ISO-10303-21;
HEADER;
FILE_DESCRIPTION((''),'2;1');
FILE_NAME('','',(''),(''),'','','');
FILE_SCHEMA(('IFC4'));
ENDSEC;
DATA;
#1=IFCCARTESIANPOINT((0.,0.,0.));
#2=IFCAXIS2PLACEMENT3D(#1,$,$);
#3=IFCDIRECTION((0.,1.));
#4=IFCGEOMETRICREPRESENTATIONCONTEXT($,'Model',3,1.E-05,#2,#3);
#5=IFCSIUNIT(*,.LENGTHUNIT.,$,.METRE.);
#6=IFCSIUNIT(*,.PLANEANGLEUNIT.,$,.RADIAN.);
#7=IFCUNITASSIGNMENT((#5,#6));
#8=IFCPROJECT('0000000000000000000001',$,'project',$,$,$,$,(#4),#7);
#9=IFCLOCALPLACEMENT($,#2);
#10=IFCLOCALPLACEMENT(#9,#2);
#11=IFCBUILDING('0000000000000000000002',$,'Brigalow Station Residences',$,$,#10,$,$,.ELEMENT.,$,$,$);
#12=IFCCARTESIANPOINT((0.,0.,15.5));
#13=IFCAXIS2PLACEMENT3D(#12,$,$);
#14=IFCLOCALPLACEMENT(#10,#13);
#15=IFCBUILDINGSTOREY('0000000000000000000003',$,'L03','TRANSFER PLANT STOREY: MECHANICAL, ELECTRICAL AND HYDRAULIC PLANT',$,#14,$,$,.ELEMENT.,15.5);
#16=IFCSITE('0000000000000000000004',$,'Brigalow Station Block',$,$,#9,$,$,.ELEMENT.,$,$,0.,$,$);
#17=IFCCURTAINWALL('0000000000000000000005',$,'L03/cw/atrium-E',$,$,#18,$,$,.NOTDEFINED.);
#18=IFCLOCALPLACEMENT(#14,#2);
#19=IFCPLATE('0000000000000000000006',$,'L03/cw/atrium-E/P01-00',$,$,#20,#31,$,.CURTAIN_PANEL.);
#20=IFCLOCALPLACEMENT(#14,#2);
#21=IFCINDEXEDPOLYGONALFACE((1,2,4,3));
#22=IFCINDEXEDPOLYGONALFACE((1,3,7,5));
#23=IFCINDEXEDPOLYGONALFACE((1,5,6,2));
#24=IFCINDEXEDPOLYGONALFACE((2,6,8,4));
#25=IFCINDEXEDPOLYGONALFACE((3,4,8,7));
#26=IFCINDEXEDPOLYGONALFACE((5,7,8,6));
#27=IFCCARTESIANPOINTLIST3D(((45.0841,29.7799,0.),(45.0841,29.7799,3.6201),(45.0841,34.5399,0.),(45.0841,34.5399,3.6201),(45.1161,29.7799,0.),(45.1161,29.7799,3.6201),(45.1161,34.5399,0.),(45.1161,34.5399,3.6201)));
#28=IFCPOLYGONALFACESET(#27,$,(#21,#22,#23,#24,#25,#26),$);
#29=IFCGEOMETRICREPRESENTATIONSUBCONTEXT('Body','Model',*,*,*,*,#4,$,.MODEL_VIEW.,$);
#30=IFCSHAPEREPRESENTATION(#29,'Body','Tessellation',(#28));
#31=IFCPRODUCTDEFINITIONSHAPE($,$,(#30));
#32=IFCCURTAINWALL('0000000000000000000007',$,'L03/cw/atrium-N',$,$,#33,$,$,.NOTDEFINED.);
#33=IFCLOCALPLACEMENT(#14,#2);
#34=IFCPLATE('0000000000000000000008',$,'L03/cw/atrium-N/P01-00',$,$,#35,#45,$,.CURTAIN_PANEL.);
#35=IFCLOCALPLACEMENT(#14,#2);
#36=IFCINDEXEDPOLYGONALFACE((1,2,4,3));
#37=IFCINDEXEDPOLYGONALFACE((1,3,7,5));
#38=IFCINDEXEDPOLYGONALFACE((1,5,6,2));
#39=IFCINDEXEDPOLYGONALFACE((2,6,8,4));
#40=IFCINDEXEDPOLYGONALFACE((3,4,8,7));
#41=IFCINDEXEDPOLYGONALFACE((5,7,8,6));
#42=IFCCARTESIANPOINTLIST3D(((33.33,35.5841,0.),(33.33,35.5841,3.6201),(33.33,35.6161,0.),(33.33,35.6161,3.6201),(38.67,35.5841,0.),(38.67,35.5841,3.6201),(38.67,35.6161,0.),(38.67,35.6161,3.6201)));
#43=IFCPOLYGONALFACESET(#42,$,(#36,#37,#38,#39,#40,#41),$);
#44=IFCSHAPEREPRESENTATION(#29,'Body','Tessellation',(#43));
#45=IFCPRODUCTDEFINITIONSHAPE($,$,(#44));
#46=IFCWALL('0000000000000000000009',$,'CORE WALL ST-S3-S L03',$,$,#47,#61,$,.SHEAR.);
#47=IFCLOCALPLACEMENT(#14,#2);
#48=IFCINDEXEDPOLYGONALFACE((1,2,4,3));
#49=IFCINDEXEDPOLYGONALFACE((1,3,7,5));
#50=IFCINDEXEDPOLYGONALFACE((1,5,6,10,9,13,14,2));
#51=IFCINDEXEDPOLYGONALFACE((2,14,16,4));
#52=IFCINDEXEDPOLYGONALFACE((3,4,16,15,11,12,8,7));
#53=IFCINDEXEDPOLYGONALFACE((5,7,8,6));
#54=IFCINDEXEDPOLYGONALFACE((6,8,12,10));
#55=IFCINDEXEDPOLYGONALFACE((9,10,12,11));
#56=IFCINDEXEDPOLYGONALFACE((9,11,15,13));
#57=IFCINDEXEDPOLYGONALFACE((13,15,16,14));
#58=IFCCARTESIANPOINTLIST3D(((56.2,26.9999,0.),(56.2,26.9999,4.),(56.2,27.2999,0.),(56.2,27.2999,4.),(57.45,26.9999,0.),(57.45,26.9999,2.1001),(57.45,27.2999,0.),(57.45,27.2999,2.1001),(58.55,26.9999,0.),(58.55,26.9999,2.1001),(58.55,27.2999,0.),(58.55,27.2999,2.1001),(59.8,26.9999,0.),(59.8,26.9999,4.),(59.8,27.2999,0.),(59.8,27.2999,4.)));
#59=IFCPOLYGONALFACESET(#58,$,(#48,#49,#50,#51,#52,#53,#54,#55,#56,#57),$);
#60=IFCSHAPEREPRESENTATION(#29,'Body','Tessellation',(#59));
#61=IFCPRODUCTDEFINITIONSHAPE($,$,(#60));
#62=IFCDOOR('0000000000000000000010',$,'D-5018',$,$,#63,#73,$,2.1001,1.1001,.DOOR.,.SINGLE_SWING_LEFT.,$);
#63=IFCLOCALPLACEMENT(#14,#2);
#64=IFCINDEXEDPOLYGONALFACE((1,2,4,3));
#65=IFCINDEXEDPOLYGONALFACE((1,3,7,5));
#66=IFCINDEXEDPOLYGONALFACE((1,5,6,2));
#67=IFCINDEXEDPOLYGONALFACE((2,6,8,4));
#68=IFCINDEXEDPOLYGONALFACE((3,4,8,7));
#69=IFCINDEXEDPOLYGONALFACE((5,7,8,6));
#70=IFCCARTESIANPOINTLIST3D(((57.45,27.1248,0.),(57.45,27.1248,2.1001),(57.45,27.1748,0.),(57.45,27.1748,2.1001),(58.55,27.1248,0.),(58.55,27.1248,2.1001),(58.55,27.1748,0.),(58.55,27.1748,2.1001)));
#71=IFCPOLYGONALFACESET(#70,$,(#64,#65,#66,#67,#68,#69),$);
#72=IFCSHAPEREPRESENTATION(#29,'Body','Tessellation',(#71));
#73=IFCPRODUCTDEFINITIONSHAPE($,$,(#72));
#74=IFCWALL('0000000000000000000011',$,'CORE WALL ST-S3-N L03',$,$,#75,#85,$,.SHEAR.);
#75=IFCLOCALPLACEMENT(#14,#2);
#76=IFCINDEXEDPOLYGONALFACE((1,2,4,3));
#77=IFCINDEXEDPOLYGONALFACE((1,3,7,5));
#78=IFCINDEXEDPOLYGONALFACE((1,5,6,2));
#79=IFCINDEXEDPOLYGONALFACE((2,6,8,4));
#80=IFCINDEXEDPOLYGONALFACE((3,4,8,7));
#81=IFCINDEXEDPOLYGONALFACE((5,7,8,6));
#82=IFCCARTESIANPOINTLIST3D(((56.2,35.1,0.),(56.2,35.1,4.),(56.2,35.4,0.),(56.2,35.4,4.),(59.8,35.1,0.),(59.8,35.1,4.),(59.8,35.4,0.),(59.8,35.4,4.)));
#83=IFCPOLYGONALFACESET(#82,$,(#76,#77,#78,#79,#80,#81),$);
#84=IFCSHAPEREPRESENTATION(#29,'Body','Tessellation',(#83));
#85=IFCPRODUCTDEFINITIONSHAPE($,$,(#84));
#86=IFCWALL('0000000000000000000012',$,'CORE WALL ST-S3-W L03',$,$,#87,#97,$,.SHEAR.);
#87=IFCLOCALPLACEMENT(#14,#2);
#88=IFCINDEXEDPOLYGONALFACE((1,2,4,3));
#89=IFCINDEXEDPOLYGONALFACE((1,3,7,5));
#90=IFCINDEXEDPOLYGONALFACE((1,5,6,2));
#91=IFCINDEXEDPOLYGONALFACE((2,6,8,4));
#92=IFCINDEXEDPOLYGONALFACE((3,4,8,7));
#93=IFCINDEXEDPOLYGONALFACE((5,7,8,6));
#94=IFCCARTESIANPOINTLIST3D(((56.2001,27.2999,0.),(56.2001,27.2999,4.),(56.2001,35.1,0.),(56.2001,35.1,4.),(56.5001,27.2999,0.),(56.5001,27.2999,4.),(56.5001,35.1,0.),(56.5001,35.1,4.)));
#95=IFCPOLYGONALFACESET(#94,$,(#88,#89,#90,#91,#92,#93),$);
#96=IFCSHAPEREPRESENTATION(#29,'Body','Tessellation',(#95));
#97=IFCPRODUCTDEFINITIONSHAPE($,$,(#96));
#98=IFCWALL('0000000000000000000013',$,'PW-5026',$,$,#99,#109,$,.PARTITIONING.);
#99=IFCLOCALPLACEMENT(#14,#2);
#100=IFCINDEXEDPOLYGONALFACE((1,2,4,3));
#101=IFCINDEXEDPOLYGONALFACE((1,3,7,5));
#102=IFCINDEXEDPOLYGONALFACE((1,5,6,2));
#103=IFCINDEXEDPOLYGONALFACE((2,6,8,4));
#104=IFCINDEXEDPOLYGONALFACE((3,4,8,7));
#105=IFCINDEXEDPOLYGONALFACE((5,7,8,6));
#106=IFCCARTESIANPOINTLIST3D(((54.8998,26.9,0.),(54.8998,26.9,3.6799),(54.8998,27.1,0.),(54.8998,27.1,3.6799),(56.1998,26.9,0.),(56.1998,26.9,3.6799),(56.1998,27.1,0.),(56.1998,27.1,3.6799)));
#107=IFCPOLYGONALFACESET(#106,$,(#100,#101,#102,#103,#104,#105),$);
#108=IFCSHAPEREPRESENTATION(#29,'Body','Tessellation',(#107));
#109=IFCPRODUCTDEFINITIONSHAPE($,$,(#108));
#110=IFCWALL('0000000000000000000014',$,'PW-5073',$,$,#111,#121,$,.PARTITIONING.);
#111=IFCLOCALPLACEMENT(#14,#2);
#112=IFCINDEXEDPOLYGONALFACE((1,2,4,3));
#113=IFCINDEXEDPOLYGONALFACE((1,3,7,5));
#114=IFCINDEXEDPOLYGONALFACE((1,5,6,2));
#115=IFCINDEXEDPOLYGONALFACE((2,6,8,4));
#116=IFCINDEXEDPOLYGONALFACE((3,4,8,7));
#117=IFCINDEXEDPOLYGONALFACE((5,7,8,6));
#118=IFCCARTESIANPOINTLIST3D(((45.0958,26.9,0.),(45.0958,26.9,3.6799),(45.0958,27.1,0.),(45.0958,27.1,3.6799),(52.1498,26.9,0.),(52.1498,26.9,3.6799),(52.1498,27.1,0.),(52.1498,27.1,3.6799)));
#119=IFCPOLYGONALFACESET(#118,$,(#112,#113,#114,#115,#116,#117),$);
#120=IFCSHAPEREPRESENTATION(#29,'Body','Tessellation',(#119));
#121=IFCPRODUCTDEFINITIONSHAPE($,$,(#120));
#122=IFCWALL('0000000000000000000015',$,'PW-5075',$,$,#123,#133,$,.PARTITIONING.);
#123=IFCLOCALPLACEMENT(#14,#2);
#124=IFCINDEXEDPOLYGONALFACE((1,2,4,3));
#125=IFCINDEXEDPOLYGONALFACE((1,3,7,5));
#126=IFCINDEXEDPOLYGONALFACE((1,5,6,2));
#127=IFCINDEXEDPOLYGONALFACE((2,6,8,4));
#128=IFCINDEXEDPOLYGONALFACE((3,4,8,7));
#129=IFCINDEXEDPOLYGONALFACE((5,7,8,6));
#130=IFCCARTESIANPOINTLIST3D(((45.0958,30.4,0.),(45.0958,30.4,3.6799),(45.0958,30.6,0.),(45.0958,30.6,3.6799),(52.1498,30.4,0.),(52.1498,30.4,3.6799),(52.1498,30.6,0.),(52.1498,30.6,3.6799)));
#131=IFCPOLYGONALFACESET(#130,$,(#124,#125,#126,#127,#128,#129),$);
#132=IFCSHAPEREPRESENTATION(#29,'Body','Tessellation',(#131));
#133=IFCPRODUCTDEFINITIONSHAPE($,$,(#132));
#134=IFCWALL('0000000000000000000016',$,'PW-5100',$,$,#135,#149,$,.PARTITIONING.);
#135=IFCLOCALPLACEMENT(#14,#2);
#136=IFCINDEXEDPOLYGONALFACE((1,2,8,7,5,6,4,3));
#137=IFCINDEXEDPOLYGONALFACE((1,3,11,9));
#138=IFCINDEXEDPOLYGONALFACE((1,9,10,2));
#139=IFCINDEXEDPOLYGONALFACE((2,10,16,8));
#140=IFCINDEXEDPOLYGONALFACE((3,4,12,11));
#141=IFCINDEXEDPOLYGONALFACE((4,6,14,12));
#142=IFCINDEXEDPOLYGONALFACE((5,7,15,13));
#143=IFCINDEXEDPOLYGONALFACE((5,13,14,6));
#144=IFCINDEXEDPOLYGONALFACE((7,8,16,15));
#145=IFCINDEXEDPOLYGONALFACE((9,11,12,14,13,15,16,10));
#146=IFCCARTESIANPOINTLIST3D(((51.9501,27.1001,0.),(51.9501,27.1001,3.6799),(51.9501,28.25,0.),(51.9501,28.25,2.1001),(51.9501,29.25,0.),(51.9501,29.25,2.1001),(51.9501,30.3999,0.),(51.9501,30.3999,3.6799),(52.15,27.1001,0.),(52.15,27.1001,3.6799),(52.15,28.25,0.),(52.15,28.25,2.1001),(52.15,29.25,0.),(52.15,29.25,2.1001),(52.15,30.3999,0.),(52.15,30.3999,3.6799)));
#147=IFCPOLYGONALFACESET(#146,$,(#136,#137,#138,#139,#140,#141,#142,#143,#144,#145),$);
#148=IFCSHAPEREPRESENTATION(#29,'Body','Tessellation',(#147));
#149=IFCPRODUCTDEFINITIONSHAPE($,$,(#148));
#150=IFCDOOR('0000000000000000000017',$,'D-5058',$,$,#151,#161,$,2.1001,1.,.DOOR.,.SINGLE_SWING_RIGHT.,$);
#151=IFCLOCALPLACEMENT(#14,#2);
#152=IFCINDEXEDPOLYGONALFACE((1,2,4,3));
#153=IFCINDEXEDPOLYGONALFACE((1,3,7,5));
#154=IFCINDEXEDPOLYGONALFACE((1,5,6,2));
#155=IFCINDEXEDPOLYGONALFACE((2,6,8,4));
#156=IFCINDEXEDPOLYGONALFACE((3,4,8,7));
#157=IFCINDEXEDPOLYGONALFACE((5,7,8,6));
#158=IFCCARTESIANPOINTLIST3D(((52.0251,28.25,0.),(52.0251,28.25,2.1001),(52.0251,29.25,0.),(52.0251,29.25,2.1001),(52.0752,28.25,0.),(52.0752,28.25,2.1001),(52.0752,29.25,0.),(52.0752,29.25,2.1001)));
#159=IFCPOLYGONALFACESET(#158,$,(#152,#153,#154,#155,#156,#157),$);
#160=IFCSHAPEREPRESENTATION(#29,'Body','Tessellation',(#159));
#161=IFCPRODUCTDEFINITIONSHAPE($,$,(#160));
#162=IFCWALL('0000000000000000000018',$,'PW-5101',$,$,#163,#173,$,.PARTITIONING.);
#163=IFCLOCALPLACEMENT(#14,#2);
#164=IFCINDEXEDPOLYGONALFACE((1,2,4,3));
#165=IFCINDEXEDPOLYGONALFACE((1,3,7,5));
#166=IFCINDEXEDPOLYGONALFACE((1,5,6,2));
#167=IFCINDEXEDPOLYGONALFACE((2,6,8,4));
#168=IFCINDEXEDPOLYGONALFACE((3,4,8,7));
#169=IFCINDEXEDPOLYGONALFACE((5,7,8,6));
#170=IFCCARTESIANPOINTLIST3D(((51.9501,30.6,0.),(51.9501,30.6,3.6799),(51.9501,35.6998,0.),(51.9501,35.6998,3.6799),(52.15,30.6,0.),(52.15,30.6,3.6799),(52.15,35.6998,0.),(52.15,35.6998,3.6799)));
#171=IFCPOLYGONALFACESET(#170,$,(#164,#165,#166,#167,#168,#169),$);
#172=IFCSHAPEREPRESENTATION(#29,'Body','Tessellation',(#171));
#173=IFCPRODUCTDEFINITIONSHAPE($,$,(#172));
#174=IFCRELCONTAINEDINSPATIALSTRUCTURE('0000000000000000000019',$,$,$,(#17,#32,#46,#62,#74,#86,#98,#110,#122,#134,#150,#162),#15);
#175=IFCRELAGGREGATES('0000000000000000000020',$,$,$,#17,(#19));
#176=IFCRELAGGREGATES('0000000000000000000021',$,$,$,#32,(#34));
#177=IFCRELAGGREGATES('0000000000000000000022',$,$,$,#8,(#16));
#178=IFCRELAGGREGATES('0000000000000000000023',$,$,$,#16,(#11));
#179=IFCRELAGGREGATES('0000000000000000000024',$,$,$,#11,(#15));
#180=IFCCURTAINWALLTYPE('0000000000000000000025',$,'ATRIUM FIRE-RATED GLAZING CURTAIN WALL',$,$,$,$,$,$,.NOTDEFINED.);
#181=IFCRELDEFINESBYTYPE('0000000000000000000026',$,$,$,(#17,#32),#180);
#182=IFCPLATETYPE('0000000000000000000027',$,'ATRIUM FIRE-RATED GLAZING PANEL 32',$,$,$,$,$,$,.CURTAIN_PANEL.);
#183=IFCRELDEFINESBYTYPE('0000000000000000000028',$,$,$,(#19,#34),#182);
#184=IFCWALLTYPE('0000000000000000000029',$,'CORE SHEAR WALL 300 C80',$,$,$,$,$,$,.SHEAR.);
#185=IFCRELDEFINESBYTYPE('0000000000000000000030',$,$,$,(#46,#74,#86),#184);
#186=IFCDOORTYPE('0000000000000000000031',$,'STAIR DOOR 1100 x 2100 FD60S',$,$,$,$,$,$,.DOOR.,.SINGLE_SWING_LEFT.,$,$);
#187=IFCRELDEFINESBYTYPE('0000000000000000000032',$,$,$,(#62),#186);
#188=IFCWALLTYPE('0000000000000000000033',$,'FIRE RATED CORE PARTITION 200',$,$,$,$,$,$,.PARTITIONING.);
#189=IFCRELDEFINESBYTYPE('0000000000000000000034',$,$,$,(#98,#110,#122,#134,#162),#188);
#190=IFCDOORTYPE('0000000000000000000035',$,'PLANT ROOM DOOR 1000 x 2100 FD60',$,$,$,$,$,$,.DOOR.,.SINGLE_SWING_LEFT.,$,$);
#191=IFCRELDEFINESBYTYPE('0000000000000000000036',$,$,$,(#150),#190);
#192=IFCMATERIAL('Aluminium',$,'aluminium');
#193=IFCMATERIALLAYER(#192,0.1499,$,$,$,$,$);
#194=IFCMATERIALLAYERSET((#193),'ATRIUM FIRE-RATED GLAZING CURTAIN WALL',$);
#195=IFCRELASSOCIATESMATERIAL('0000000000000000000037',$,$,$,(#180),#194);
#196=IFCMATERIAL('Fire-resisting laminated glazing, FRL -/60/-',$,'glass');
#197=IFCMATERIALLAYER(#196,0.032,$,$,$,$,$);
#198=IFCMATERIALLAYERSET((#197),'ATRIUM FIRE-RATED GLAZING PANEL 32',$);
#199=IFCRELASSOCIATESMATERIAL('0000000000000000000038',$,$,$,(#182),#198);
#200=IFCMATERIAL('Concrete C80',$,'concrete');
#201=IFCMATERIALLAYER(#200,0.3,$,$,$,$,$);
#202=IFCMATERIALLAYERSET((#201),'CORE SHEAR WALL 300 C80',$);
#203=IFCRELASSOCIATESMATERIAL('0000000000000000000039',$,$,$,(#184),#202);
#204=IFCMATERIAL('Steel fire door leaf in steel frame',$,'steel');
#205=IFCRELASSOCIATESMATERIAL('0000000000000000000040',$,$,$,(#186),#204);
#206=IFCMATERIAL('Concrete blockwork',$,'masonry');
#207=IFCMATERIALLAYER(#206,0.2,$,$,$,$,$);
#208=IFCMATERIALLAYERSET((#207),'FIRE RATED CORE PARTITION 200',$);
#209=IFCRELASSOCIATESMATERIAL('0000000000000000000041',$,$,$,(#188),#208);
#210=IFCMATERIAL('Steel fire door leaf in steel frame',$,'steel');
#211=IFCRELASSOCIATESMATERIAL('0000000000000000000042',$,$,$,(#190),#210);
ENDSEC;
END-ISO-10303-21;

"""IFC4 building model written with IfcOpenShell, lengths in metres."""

from ifc_helpers import new_model, si_unit, direction, frame, frame_2d, origin, origin_2d, place, context, subcontext, project, spatial, rectangle, extrude, material, layer, layer_set, type_object, element, fill, aggregate, save


model = new_model("IFC4")

# Units and contexts
model_context = context("Model", 3, precision=1e-05, world=origin(), true_north=direction((0.0, 1.0)))
body_context = subcontext(model_context, "Body", "Model", "MODEL_VIEW")
ifc_project = project(units=[si_unit("LENGTHUNIT", "METRE"), si_unit("PLANEANGLEUNIT", "RADIAN")], contexts=[model_context])

# Site, building, storey
site_placement = place(None, origin())
site = spatial("IfcSite", under=ifc_project, at=site_placement, Name="Brigalow Station Block", CompositionType="ELEMENT", RefElevation=0.0)
building_placement = place(site_placement, origin())
building = spatial("IfcBuilding", under=site, at=building_placement, Name="Brigalow Station Residences", CompositionType="ELEMENT")
storey_placement = place(building_placement, frame((0.0, 0.0, 15.5)))
storey = spatial("IfcBuildingStorey", under=building, at=storey_placement, Name="L03", Description="TRANSFER PLANT STOREY: MECHANICAL, ELECTRICAL AND HYDRAULIC PLANT", CompositionType="ELEMENT", Elevation=15.5)

# Curtain wall
ifc_material_1 = material(Name="Aluminium", Category="aluminium")
ifc_layer_1 = layer(ifc_material_1, 0.1499)
ifc_layer_set_1 = layer_set([ifc_layer_1], Name="ATRIUM FIRE-RATED GLAZING CURTAIN WALL")
curtain_wall_type = type_object("IfcCurtainWallType", Name="ATRIUM FIRE-RATED GLAZING CURTAIN WALL", PredefinedType="NOTDEFINED", material=ifc_layer_set_1)
curtain_wall_1_placement = place(storey_placement, origin())
curtain_wall_1 = element("IfcCurtainWall", 1, at=curtain_wall_1_placement, inside=storey, type_object=curtain_wall_type, Name="L03/cw/atrium-E", PredefinedType="NOTDEFINED")

# Plate
ifc_material_2 = material(Name="Fire-resisting laminated glazing, FRL -/60/-", Category="glass")
ifc_layer_2 = layer(ifc_material_2, 0.032)
ifc_layer_set_2 = layer_set([ifc_layer_2], Name="ATRIUM FIRE-RATED GLAZING PANEL 32")
plate_type = type_object("IfcPlateType", Name="ATRIUM FIRE-RATED GLAZING PANEL 32", PredefinedType="CURTAIN_PANEL", material=ifc_layer_set_2)
plate_1_placement = place(storey_placement, frame((45.1001, 32.1599, 0.0), z_axis=(0.0, 0.0, 1.0), x_axis=(0.0, 1.0, 0.0)))
plate_1 = element("IfcPlate", 2, at=plate_1_placement, type_object=plate_type, Name="L03/cw/atrium-E/P01-00", PredefinedType="CURTAIN_PANEL", context=body_context, shape_type="SweptSolid", body=[
    extrude(rectangle(XDim=4.76, YDim=0.032, at=origin_2d()), origin(), (0.0, 0.0, 1.0), 3.6201),
])
aggregate(curtain_wall_1, [plate_1])

# Curtain wall, plate
curtain_wall_2_placement = place(storey_placement, origin())
curtain_wall_2 = element("IfcCurtainWall", 3, at=curtain_wall_2_placement, inside=storey, type_object=curtain_wall_type, Name="L03/cw/atrium-N", PredefinedType="NOTDEFINED")
plate_2_placement = place(storey_placement, frame((36.0, 35.6001, 0.0), z_axis=(0.0, 0.0, 1.0), x_axis=(-1.0, 0.0, 0.0)))
plate_2 = element("IfcPlate", 4, at=plate_2_placement, type_object=plate_type, Name="L03/cw/atrium-N/P01-00", PredefinedType="CURTAIN_PANEL", context=body_context, shape_type="SweptSolid", body=[
    extrude(rectangle(XDim=5.3401, YDim=0.032, at=origin_2d()), origin(), (0.0, 0.0, 1.0), 3.6201),
])
aggregate(curtain_wall_2, [plate_2])

# Wall, opening, door
ifc_material_3 = material(Name="Concrete C80", Category="concrete")
ifc_layer_3 = layer(ifc_material_3, 0.3)
ifc_layer_set_3 = layer_set([ifc_layer_3], Name="CORE SHEAR WALL 300 C80")
wall_type_1 = type_object("IfcWallType", Name="CORE SHEAR WALL 300 C80", PredefinedType="SHEAR", material=ifc_layer_set_3)
wall_1_placement = place(storey_placement, frame((56.2, 27.1499, 0.0), z_axis=(0.0, 0.0, 1.0), x_axis=(1.0, 0.0, 0.0)))
wall_1 = element("IfcWall", 5, at=wall_1_placement, inside=storey, type_object=wall_type_1, Name="CORE WALL ST-S3-S L03", PredefinedType="SHEAR", context=body_context, shape_type="SweptSolid", body=[
    extrude(rectangle(XDim=3.6001, YDim=0.3, at=frame_2d((1.8, 0.0))), origin(), (0.0, 0.0, 1.0), 4.0),
])
opening_1_placement = place(wall_1_placement, frame((1.25, 0.0, 0.0)))
opening_1 = element("IfcOpeningElement", 6, at=opening_1_placement, cuts=wall_1, PredefinedType="OPENING", context=body_context, shape_type="SweptSolid", body=[
    extrude(rectangle(XDim=1.1001, YDim=2.1001, at=frame_2d((0.55, 1.05))), frame((0.0, 0.1602, 0.0), z_axis=(0.0, -1.0, 0.0), x_axis=(1.0, 0.0, 0.0)), (0.0, 0.0, 1.0), 0.3201),
])
ifc_material_4 = material(Name="Steel fire door leaf in steel frame", Category="steel")
door_type_1 = type_object("IfcDoorType", Name="STAIR DOOR 1100 x 2100 FD60S", OperationType="SINGLE_SWING_LEFT", PredefinedType="DOOR", material=ifc_material_4)
door_1_placement = place(opening_1_placement, origin())
door_1 = element("IfcDoor", 7, at=door_1_placement, inside=storey, type_object=door_type_1, Name="D-5018", OperationType="SINGLE_SWING_LEFT", OverallHeight=2.1001, OverallWidth=1.1001, PredefinedType="DOOR", context=body_context, shape_type="SweptSolid", body=[
    extrude(rectangle(XDim=1.1001, YDim=2.1001, at=frame_2d((0.55, 1.05))), frame((0.0, 0.0249, 0.0), z_axis=(0.0, -1.0, 0.0), x_axis=(1.0, 0.0, 0.0)), (0.0, 0.0, 1.0), 0.05),
])
fill(opening_1, door_1)

# Walls
wall_2_placement = place(storey_placement, frame((56.2, 35.25, 0.0), z_axis=(0.0, 0.0, 1.0), x_axis=(1.0, 0.0, 0.0)))
element("IfcWall", 8, at=wall_2_placement, inside=storey, type_object=wall_type_1, Name="CORE WALL ST-S3-N L03", PredefinedType="SHEAR", context=body_context, shape_type="SweptSolid", body=[
    extrude(rectangle(XDim=3.6001, YDim=0.3, at=frame_2d((1.8, 0.0))), origin(), (0.0, 0.0, 1.0), 4.0),
])
wall_3_placement = place(storey_placement, frame((56.3501, 27.3, 0.0), z_axis=(0.0, 0.0, 1.0), x_axis=(0.0, 1.0, 0.0)))
element("IfcWall", 9, at=wall_3_placement, inside=storey, type_object=wall_type_1, Name="CORE WALL ST-S3-W L03", PredefinedType="SHEAR", context=body_context, shape_type="SweptSolid", body=[
    extrude(rectangle(XDim=7.8, YDim=0.3, at=frame_2d((3.8999, 0.0))), origin(), (0.0, 0.0, 1.0), 4.0),
])
ifc_material_5 = material(Name="Concrete blockwork", Category="masonry")
ifc_layer_4 = layer(ifc_material_5, 0.2)
ifc_layer_set_4 = layer_set([ifc_layer_4], Name="FIRE RATED CORE PARTITION 200")
wall_type_2 = type_object("IfcWallType", Name="FIRE RATED CORE PARTITION 200", PredefinedType="PARTITIONING", material=ifc_layer_set_4)
wall_4_placement = place(storey_placement, frame((54.8999, 27.0, 0.0), z_axis=(0.0, 0.0, 1.0), x_axis=(1.0, 0.0, 0.0)))
element("IfcWall", 10, at=wall_4_placement, inside=storey, type_object=wall_type_2, Name="PW-5026", PredefinedType="PARTITIONING", context=body_context, shape_type="SweptSolid", body=[
    extrude(rectangle(XDim=1.3, YDim=0.2, at=frame_2d((0.6499, 0.0))), origin(), (0.0, 0.0, 1.0), 3.6799),
])
for number, where, z_axis, x_axis, name in (
    (11, (45.0959, 27.0, 0.0), (0.0, 0.0, 1.0), (1.0, 0.0, 0.0), "PW-5073"),
    (12, (45.0959, 30.5, 0.0), (0.0, 0.0, 1.0), (1.0, 0.0, 0.0), "PW-5075"),
):
    element("IfcWall", number, at=place(storey_placement, frame(where, z_axis=z_axis, x_axis=x_axis)), inside=storey, type_object=wall_type_2, Name=name, PredefinedType="PARTITIONING", context=body_context, shape_type="SweptSolid", body=[
        extrude(rectangle(XDim=7.054, YDim=0.2, at=frame_2d((3.5269, 0.0))), origin(), (0.0, 0.0, 1.0), 3.6799),
    ])

# Wall, opening, door
wall_5_placement = place(storey_placement, frame((52.05, 27.1001, 0.0), z_axis=(0.0, 0.0, 1.0), x_axis=(0.0, 1.0, 0.0)))
wall_5 = element("IfcWall", 13, at=wall_5_placement, inside=storey, type_object=wall_type_2, Name="PW-5100", PredefinedType="PARTITIONING", context=body_context, shape_type="SweptSolid", body=[
    extrude(rectangle(XDim=3.2998, YDim=0.2, at=frame_2d((1.6499, 0.0))), origin(), (0.0, 0.0, 1.0), 3.6799),
])
opening_2_placement = place(wall_5_placement, frame((1.1499, 0.0, 0.0)))
opening_2 = element("IfcOpeningElement", 14, at=opening_2_placement, cuts=wall_5, PredefinedType="OPENING", context=body_context, shape_type="SweptSolid", body=[
    extrude(rectangle(XDim=1.0, YDim=2.1001, at=frame_2d((0.5, 1.05))), frame((0.0, 0.1099, 0.0), z_axis=(0.0, -1.0, 0.0), x_axis=(1.0, 0.0, 0.0)), (0.0, 0.0, 1.0), 0.22),
])
ifc_material_6 = material(Name="Steel fire door leaf in steel frame", Category="steel")
door_type_2 = type_object("IfcDoorType", Name="PLANT ROOM DOOR 1000 x 2100 FD60", OperationType="SINGLE_SWING_LEFT", PredefinedType="DOOR", material=ifc_material_6)
door_2_placement = place(opening_2_placement, origin())
door_2 = element("IfcDoor", 15, at=door_2_placement, inside=storey, type_object=door_type_2, Name="D-5058", OperationType="SINGLE_SWING_RIGHT", OverallHeight=2.1001, OverallWidth=1.0, PredefinedType="DOOR", context=body_context, shape_type="SweptSolid", body=[
    extrude(rectangle(XDim=1.0, YDim=2.1001, at=frame_2d((0.5, 1.05))), frame((0.0, 0.0249, 0.0), z_axis=(0.0, -1.0, 0.0), x_axis=(1.0, 0.0, 0.0)), (0.0, 0.0, 1.0), 0.05),
])
fill(opening_2, door_2)

# Wall
wall_6_placement = place(storey_placement, frame((52.05, 30.6001, 0.0), z_axis=(0.0, 0.0, 1.0), x_axis=(0.0, 1.0, 0.0)))
element("IfcWall", 16, at=wall_6_placement, inside=storey, type_object=wall_type_2, Name="PW-5101", PredefinedType="PARTITIONING", context=body_context, shape_type="SweptSolid", body=[
    extrude(rectangle(XDim=5.0999, YDim=0.2, at=frame_2d((2.5498, 0.0))), origin(), (0.0, 0.0, 1.0), 3.6799),
])

save(model, "model.ifc")
